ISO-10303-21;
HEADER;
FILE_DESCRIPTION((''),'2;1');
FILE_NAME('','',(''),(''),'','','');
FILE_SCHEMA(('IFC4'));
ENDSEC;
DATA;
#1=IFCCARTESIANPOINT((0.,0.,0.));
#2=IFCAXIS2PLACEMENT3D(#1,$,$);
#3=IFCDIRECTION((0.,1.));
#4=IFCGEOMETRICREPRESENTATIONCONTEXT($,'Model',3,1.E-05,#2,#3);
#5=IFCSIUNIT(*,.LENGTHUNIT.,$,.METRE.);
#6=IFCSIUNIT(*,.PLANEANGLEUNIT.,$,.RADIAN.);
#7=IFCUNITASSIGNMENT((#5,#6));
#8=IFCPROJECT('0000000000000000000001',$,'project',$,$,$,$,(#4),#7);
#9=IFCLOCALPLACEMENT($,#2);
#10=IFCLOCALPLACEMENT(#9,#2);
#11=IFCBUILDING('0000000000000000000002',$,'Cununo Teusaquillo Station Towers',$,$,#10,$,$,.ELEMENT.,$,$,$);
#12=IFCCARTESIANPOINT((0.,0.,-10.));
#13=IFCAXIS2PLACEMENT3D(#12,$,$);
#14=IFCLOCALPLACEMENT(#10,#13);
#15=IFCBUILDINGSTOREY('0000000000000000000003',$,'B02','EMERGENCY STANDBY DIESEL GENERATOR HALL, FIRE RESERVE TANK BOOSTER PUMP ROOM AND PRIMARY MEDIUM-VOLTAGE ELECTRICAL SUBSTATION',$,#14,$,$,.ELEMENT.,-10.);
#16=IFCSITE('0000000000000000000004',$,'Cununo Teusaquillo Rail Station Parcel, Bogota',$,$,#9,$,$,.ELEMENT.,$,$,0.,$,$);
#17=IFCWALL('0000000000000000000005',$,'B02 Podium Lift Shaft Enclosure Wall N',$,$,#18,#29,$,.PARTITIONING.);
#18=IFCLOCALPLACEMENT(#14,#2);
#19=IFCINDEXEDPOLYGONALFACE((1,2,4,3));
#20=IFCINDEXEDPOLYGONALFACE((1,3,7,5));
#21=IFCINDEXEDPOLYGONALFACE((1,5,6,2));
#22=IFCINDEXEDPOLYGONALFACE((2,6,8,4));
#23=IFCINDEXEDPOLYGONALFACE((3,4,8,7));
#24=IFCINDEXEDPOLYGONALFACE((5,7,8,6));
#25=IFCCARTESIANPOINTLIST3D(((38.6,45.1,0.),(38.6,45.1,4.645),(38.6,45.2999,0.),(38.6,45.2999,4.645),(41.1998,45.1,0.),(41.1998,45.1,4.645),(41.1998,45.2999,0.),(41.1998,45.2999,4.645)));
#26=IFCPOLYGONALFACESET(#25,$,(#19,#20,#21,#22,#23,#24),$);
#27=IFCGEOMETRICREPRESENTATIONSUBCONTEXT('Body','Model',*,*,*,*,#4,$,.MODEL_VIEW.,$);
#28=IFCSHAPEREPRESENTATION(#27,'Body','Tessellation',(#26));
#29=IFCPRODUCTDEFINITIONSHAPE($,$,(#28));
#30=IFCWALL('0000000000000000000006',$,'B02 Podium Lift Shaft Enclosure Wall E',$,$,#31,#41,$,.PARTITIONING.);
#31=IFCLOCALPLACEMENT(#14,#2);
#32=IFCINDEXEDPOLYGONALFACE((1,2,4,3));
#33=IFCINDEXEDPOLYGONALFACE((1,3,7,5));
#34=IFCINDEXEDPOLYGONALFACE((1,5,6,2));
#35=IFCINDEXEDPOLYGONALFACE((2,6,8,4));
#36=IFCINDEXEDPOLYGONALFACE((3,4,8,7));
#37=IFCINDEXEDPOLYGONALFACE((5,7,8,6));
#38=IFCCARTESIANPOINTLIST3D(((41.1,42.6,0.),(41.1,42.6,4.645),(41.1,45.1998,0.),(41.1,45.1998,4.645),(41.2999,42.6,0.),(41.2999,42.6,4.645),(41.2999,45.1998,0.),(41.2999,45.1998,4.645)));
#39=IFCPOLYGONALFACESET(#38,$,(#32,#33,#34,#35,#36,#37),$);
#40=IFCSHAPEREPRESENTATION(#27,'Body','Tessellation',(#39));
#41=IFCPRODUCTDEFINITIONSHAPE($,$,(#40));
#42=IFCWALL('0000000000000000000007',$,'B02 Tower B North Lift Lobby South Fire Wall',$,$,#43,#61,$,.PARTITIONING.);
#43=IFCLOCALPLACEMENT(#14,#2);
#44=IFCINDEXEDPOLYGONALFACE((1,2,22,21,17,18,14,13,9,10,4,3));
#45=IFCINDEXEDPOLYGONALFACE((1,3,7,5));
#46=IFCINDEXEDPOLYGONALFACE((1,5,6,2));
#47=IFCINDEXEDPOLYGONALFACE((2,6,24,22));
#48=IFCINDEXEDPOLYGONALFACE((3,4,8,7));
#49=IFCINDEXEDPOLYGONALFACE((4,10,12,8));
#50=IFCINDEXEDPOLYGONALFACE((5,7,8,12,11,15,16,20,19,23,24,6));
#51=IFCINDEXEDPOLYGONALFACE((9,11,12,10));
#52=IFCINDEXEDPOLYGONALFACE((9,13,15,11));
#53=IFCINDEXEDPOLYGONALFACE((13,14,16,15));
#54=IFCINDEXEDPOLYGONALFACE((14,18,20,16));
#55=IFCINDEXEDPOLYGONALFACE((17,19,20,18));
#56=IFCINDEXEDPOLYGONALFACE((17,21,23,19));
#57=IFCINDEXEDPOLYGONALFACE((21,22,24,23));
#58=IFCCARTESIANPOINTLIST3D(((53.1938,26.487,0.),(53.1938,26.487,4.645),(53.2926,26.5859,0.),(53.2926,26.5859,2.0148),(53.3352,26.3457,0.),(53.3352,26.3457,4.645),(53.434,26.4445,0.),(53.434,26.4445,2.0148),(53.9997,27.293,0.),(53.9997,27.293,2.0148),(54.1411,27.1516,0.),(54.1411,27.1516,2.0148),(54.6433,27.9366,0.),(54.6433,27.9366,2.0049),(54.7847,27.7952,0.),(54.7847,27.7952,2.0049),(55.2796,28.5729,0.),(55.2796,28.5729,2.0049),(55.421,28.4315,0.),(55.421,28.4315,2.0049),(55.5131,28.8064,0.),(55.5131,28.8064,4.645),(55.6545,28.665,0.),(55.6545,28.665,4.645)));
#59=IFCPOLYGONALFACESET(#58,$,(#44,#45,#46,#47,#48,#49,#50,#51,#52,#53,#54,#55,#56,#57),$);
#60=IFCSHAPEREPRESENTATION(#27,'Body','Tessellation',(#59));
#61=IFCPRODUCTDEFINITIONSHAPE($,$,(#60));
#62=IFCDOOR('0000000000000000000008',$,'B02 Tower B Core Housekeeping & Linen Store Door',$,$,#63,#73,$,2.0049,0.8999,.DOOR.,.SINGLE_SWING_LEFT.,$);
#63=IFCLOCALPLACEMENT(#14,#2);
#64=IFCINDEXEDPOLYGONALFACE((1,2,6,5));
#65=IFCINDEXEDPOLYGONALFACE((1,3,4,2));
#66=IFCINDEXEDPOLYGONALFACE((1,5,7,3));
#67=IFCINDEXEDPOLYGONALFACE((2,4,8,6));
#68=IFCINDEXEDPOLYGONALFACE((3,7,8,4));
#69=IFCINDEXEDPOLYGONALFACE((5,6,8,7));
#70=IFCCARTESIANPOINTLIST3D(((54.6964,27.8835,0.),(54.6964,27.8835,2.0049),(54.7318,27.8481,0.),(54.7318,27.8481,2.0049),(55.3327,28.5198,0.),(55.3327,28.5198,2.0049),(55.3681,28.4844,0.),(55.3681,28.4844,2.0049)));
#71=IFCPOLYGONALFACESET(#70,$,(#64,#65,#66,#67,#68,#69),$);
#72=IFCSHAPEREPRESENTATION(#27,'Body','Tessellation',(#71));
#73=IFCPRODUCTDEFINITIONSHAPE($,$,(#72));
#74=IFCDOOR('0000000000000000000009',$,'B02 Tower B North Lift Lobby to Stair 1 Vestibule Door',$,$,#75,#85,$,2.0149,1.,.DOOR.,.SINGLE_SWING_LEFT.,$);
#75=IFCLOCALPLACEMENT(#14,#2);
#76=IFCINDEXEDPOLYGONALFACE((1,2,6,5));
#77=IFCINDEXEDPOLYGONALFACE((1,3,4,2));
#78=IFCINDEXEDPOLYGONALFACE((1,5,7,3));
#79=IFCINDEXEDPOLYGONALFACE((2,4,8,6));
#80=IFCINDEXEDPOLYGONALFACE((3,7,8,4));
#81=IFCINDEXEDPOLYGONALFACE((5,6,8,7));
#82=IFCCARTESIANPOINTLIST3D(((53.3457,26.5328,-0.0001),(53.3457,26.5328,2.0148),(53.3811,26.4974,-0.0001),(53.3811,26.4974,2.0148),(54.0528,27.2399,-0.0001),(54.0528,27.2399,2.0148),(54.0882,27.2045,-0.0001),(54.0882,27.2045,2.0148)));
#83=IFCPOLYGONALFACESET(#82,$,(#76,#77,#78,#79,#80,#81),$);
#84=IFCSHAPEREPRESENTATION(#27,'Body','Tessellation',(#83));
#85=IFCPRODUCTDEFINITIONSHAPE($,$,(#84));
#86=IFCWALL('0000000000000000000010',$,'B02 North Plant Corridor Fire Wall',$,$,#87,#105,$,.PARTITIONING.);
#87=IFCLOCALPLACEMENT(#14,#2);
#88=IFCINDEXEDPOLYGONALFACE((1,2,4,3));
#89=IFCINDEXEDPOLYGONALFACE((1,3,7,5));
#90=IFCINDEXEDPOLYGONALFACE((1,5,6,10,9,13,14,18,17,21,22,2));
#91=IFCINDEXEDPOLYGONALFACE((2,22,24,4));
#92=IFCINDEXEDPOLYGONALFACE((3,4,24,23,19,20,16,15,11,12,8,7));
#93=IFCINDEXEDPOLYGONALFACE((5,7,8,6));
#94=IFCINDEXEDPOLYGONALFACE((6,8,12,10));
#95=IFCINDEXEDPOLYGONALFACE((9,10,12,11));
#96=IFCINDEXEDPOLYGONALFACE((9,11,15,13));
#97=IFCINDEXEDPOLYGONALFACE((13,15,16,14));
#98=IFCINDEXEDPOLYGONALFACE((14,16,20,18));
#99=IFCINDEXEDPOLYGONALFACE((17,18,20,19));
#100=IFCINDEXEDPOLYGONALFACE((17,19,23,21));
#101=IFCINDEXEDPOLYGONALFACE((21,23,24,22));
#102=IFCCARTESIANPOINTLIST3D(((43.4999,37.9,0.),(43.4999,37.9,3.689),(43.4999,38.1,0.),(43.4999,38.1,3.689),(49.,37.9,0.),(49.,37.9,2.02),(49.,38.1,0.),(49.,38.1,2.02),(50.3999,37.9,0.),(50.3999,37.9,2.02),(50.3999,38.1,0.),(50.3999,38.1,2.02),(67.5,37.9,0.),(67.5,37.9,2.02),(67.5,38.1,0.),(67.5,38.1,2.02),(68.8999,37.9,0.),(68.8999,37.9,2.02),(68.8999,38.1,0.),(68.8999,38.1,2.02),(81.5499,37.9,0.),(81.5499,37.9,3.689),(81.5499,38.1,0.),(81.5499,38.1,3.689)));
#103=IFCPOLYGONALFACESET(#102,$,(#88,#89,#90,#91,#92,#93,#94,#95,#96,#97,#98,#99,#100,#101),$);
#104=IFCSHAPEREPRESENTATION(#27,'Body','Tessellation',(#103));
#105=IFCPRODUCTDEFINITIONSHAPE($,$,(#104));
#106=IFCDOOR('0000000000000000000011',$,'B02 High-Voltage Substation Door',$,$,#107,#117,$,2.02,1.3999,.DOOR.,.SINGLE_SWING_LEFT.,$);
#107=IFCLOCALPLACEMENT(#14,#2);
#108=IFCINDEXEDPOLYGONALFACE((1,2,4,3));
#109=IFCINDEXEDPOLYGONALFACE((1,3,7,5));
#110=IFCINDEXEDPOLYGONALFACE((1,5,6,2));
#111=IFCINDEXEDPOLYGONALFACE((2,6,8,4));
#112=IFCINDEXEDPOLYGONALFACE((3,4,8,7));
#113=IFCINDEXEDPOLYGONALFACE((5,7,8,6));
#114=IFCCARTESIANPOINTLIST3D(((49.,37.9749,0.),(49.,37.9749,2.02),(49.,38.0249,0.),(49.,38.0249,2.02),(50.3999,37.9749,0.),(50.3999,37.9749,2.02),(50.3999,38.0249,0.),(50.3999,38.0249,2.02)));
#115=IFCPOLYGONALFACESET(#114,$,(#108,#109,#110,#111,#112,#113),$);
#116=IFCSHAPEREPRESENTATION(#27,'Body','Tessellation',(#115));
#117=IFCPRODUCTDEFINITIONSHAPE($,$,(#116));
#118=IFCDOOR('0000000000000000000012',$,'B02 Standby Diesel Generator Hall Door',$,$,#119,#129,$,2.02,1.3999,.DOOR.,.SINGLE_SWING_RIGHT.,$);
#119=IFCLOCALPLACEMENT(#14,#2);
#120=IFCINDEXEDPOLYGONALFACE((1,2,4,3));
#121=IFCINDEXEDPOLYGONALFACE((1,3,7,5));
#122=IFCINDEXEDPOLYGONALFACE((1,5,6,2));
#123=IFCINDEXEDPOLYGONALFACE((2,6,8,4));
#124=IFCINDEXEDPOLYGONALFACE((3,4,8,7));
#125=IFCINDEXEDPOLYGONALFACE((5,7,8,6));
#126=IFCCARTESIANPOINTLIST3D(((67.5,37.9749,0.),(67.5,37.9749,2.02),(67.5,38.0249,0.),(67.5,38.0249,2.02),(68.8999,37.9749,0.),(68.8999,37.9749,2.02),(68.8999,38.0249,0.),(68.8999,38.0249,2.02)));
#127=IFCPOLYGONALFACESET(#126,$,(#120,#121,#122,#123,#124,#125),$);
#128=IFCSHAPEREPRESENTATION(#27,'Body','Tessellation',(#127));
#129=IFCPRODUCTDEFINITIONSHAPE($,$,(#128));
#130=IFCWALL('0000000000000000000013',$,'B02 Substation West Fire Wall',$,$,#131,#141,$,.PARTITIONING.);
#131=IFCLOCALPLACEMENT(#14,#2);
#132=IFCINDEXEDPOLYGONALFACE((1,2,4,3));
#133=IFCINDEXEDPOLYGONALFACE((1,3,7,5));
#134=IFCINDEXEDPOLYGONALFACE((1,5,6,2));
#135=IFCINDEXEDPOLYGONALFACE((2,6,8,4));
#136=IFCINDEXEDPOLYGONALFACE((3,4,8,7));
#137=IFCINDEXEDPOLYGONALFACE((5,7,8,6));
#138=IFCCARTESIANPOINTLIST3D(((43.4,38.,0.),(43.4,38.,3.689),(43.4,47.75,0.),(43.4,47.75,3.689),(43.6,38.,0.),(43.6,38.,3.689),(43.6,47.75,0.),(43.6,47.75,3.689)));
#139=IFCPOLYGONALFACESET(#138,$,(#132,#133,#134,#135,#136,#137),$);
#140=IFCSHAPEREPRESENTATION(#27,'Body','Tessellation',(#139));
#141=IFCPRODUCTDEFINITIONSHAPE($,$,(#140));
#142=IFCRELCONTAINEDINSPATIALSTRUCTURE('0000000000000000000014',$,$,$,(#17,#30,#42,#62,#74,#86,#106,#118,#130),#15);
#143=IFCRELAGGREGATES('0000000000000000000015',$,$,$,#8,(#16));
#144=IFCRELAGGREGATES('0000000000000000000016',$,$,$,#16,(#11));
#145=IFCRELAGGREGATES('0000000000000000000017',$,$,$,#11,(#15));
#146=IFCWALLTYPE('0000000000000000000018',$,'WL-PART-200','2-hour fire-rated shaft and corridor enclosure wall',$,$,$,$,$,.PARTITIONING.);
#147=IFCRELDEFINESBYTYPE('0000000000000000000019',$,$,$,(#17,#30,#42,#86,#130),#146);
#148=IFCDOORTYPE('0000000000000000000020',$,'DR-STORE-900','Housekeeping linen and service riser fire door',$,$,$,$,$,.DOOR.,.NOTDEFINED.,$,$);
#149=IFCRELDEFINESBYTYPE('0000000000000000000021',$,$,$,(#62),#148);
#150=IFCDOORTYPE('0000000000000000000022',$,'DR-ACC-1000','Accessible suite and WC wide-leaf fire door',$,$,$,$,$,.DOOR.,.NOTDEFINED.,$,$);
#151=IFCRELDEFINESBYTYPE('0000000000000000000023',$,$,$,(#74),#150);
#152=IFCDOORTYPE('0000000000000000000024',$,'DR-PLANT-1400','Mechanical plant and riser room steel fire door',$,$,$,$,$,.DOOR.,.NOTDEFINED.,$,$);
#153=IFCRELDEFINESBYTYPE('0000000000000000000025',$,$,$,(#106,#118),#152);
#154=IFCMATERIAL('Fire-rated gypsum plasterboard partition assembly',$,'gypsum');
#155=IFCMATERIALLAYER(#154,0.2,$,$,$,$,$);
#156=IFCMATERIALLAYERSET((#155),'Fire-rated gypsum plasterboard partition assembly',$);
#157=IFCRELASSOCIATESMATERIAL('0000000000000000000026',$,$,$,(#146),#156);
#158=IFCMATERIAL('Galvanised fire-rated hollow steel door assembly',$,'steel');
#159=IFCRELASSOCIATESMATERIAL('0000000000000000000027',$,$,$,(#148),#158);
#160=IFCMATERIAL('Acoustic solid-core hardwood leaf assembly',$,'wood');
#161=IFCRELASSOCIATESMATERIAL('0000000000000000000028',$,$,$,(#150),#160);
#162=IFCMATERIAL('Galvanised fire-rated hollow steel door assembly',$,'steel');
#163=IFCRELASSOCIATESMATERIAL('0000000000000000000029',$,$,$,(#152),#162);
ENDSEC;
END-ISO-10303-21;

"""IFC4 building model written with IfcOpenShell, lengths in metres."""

from ifc_helpers import new_model, si_unit, direction, frame, frame_2d, origin, place, context, subcontext, project, spatial, rectangle, extrude, source, transform, mapped, material, layer, layer_set, type_object, element, fill, save


model = new_model("IFC4")

# Units and contexts
model_context = context("Model", 3, precision=1e-05, world=origin(), true_north=direction((0.0, 1.0)))
body_context = subcontext(model_context, "Body", "Model", "MODEL_VIEW")
ifc_project = project(units=[si_unit("LENGTHUNIT", "METRE"), si_unit("PLANEANGLEUNIT", "RADIAN")], contexts=[model_context])

# Site, building, storey
site_placement = place(None, origin())
site = spatial("IfcSite", under=ifc_project, at=site_placement, Name="Cununo Teusaquillo Rail Station Parcel, Bogota", CompositionType="ELEMENT", RefElevation=0.0)
building_placement = place(site_placement, origin())
building = spatial("IfcBuilding", under=site, at=building_placement, Name="Cununo Teusaquillo Station Towers", CompositionType="ELEMENT")
storey_placement = place(building_placement, frame((0.0, 0.0, -10.0)))
storey = spatial("IfcBuildingStorey", under=building, at=storey_placement, Name="B02", Description="EMERGENCY STANDBY DIESEL GENERATOR HALL, FIRE RESERVE TANK BOOSTER PUMP ROOM AND PRIMARY MEDIUM-VOLTAGE ELECTRICAL SUBSTATION", CompositionType="ELEMENT", Elevation=-10.0)

# Walls
ifc_material_1 = material(Name="Fire-rated gypsum plasterboard partition assembly", Category="gypsum")
ifc_layer_1 = layer(ifc_material_1, 0.2)
ifc_layer_set_1 = layer_set([ifc_layer_1], Name="Fire-rated gypsum plasterboard partition assembly")
wall_type_1 = type_object("IfcWallType", Name="WL-PART-200", Description="2-hour fire-rated shaft and corridor enclosure wall", PredefinedType="PARTITIONING", material=ifc_layer_set_1)
for number, where, z_axis, x_axis, name in (
    (1, (38.6001, 45.2, 0.0), (0.0, 0.0, 1.0), (1.0, 0.0, 0.0), "B02 Podium Lift Shaft Enclosure Wall N"),
    (2, (41.2, 42.6001, 0.0), (0.0, 0.0, 1.0), (0.0, 1.0, 0.0), "B02 Podium Lift Shaft Enclosure Wall E"),
):
    element("IfcWall", number, at=place(storey_placement, frame(where, z_axis=z_axis, x_axis=x_axis)), inside=storey, type_object=wall_type_1, Name=name, PredefinedType="PARTITIONING", context=body_context, shape_type="SweptSolid", body=[
        extrude(rectangle(XDim=2.5999, YDim=0.2, at=frame_2d((1.2998, 0.0))), origin(), (0.0, 0.0, 1.0), 4.645),
    ])

# Walls, openings, doors
wall_1_placement = place(storey_placement, frame((53.2644, 26.4163, 0.0), z_axis=(0.0, 0.0, 1.0), x_axis=(0.707107, 0.707107, 0.0)))
wall_1 = element("IfcWall", 3, at=wall_1_placement, inside=storey, type_object=wall_type_1, Name="B02 Tower B North Lift Lobby South Fire Wall", PredefinedType="PARTITIONING", context=body_context, shape_type="SweptSolid", body=[
    extrude(rectangle(XDim=3.28, YDim=0.2, at=frame_2d((1.6401, 0.0))), origin(), (0.0, 0.0, 1.0), 4.645),
])
shared_shape_1 = source(origin(), body_context, "Body", "SweptSolid", [
    extrude(rectangle(XDim=1.0, YDim=2.0149, at=frame_2d((0.5, 1.0073))), frame((0.0, 0.1099, 0.0), z_axis=(0.0, -1.0, 0.0), x_axis=(1.0, 0.0, 0.0)), (0.0, 0.0, 1.0), 0.22),
])
opening_1_placement = place(wall_1_placement, frame((0.1399, 0.0, 0.0)))
opening_1 = element("IfcOpeningElement", 4, at=opening_1_placement, cuts=wall_1, PredefinedType="OPENING", context=body_context, shape_type="MappedRepresentation", body=[
    mapped(shared_shape_1, transform((0.0, 0.0, 0.0), x_axis=(1.0, 0.0, 0.0), y_axis=(0.0, 1.0, 0.0), z_axis=(0.0, 0.0, 1.0), scale=1.0)),
])
shared_shape_2 = source(origin(), body_context, "Body", "SweptSolid", [
    extrude(rectangle(XDim=0.8999, YDim=2.0049, at=frame_2d((0.45, 1.0024))), frame((0.0, 0.1099, 0.0), z_axis=(0.0, -1.0, 0.0), x_axis=(1.0, 0.0, 0.0)), (0.0, 0.0, 1.0), 0.22),
])
opening_2_placement = place(wall_1_placement, frame((2.05, 0.0, 0.0)))
opening_2 = element("IfcOpeningElement", 5, at=opening_2_placement, cuts=wall_1, PredefinedType="OPENING", context=body_context, shape_type="MappedRepresentation", body=[
    mapped(shared_shape_2, transform((0.0, 0.0, 0.0), x_axis=(1.0, 0.0, 0.0), y_axis=(0.0, 1.0, 0.0), z_axis=(0.0, 0.0, 1.0), scale=1.0)),
])
ifc_material_2 = material(Name="Galvanised fire-rated hollow steel door assembly", Category="steel")
door_type_1 = type_object("IfcDoorType", Name="DR-STORE-900", Description="Housekeeping linen and service riser fire door", OperationType="NOTDEFINED", PredefinedType="DOOR", material=ifc_material_2)
shared_shape_3 = source(origin(), body_context, "Body", "SweptSolid", [
    extrude(rectangle(XDim=0.8999, YDim=2.0049, at=frame_2d((0.45, 1.0024))), frame((0.0, 0.0249, 0.0), z_axis=(0.0, -1.0, 0.0), x_axis=(1.0, 0.0, 0.0)), (0.0, 0.0, 1.0), 0.05),
])
door_1_placement = place(opening_2_placement, origin())
door_1 = element("IfcDoor", 6, at=door_1_placement, inside=storey, type_object=door_type_1, Name="B02 Tower B Core Housekeeping & Linen Store Door", OperationType="SINGLE_SWING_LEFT", OverallHeight=2.0049, OverallWidth=0.8999, PredefinedType="DOOR", context=body_context, shape_type="MappedRepresentation", body=[
    mapped(shared_shape_3, transform((0.0, 0.0, 0.0), x_axis=(1.0, 0.0, 0.0), y_axis=(0.0, 1.0, 0.0), z_axis=(0.0, 0.0, 1.0), scale=1.0)),
])
fill(opening_2, door_1)
ifc_material_3 = material(Name="Acoustic solid-core hardwood leaf assembly", Category="wood")
door_type_2 = type_object("IfcDoorType", Name="DR-ACC-1000", Description="Accessible suite and WC wide-leaf fire door", OperationType="NOTDEFINED", PredefinedType="DOOR", material=ifc_material_3)
shared_shape_4 = source(origin(), body_context, "Body", "SweptSolid", [
    extrude(rectangle(XDim=1.0, YDim=2.0149, at=frame_2d((0.5, 1.0073))), frame((0.0, 0.0249, 0.0), z_axis=(0.0, -1.0, 0.0), x_axis=(1.0, 0.0, 0.0)), (0.0, 0.0, 1.0), 0.05),
])
door_2_placement = place(opening_1_placement, origin())
door_2 = element("IfcDoor", 7, at=door_2_placement, inside=storey, type_object=door_type_2, Name="B02 Tower B North Lift Lobby to Stair 1 Vestibule Door", OperationType="SINGLE_SWING_LEFT", OverallHeight=2.0149, OverallWidth=1.0, PredefinedType="DOOR", context=body_context, shape_type="MappedRepresentation", body=[
    mapped(shared_shape_4, transform((0.0, 0.0, 0.0), x_axis=(1.0, 0.0, 0.0), y_axis=(0.0, 1.0, 0.0), z_axis=(0.0, 0.0, 1.0), scale=1.0)),
])
fill(opening_1, door_2)
wall_2_placement = place(storey_placement, frame((43.5, 38.0, 0.0), z_axis=(0.0, 0.0, 1.0), x_axis=(1.0, 0.0, 0.0)))
wall_2 = element("IfcWall", 8, at=wall_2_placement, inside=storey, type_object=wall_type_1, Name="B02 North Plant Corridor Fire Wall", PredefinedType="PARTITIONING", context=body_context, shape_type="SweptSolid", body=[
    extrude(rectangle(XDim=38.05, YDim=0.2, at=frame_2d((19.0249, 0.0))), origin(), (0.0, 0.0, 1.0), 3.689),
])
shared_shape_5 = source(origin(), body_context, "Body", "SweptSolid", [
    extrude(rectangle(XDim=1.3999, YDim=2.02, at=frame_2d((0.7, 1.01))), frame((0.0, 0.1099, 0.0), z_axis=(0.0, -1.0, 0.0), x_axis=(1.0, 0.0, 0.0)), (0.0, 0.0, 1.0), 0.22),
])
opening_3_placement = place(wall_2_placement, frame((5.5, 0.0, 0.0)))
opening_3 = element("IfcOpeningElement", 9, at=opening_3_placement, cuts=wall_2, PredefinedType="OPENING", context=body_context, shape_type="MappedRepresentation", body=[
    mapped(shared_shape_5, transform((0.0, 0.0, 0.0), x_axis=(1.0, 0.0, 0.0), y_axis=(0.0, 1.0, 0.0), z_axis=(0.0, 0.0, 1.0), scale=1.0)),
])
opening_4_placement = place(wall_2_placement, frame((24.0, 0.0, 0.0)))
opening_4 = element("IfcOpeningElement", 10, at=opening_4_placement, cuts=wall_2, PredefinedType="OPENING", context=body_context, shape_type="MappedRepresentation", body=[
    mapped(shared_shape_5, transform((0.0, 0.0, 0.0), x_axis=(1.0, 0.0, 0.0), y_axis=(0.0, 1.0, 0.0), z_axis=(0.0, 0.0, 1.0), scale=1.0)),
])
ifc_material_4 = material(Name="Galvanised fire-rated hollow steel door assembly", Category="steel")
door_type_3 = type_object("IfcDoorType", Name="DR-PLANT-1400", Description="Mechanical plant and riser room steel fire door", OperationType="NOTDEFINED", PredefinedType="DOOR", material=ifc_material_4)
shared_shape_6 = source(origin(), body_context, "Body", "SweptSolid", [
    extrude(rectangle(XDim=1.3999, YDim=2.02, at=frame_2d((0.7, 1.01))), frame((0.0, 0.0249, 0.0), z_axis=(0.0, -1.0, 0.0), x_axis=(1.0, 0.0, 0.0)), (0.0, 0.0, 1.0), 0.05),
])
door_3_placement = place(opening_3_placement, origin())
door_3 = element("IfcDoor", 11, at=door_3_placement, inside=storey, type_object=door_type_3, Name="B02 High-Voltage Substation Door", OperationType="SINGLE_SWING_LEFT", OverallHeight=2.02, OverallWidth=1.3999, PredefinedType="DOOR", context=body_context, shape_type="MappedRepresentation", body=[
    mapped(shared_shape_6, transform((0.0, 0.0, 0.0), x_axis=(1.0, 0.0, 0.0), y_axis=(0.0, 1.0, 0.0), z_axis=(0.0, 0.0, 1.0), scale=1.0)),
])
fill(opening_3, door_3)
door_4_placement = place(opening_4_placement, origin())
door_4 = element("IfcDoor", 12, at=door_4_placement, inside=storey, type_object=door_type_3, Name="B02 Standby Diesel Generator Hall Door", OperationType="SINGLE_SWING_RIGHT", OverallHeight=2.02, OverallWidth=1.3999, PredefinedType="DOOR", context=body_context, shape_type="MappedRepresentation", body=[
    mapped(shared_shape_6, transform((0.0, 0.0, 0.0), x_axis=(1.0, 0.0, 0.0), y_axis=(0.0, 1.0, 0.0), z_axis=(0.0, 0.0, 1.0), scale=1.0)),
])
fill(opening_4, door_4)

# Wall
wall_3_placement = place(storey_placement, frame((43.5, 38.0, 0.0), z_axis=(0.0, 0.0, 1.0), x_axis=(0.0, 1.0, 0.0)))
element("IfcWall", 13, at=wall_3_placement, inside=storey, type_object=wall_type_1, Name="B02 Substation West Fire Wall", PredefinedType="PARTITIONING", context=body_context, shape_type="SweptSolid", body=[
    extrude(rectangle(XDim=9.75, YDim=0.2, at=frame_2d((4.875, 0.0))), origin(), (0.0, 0.0, 1.0), 3.689),
])

save(model, "model.ifc")
